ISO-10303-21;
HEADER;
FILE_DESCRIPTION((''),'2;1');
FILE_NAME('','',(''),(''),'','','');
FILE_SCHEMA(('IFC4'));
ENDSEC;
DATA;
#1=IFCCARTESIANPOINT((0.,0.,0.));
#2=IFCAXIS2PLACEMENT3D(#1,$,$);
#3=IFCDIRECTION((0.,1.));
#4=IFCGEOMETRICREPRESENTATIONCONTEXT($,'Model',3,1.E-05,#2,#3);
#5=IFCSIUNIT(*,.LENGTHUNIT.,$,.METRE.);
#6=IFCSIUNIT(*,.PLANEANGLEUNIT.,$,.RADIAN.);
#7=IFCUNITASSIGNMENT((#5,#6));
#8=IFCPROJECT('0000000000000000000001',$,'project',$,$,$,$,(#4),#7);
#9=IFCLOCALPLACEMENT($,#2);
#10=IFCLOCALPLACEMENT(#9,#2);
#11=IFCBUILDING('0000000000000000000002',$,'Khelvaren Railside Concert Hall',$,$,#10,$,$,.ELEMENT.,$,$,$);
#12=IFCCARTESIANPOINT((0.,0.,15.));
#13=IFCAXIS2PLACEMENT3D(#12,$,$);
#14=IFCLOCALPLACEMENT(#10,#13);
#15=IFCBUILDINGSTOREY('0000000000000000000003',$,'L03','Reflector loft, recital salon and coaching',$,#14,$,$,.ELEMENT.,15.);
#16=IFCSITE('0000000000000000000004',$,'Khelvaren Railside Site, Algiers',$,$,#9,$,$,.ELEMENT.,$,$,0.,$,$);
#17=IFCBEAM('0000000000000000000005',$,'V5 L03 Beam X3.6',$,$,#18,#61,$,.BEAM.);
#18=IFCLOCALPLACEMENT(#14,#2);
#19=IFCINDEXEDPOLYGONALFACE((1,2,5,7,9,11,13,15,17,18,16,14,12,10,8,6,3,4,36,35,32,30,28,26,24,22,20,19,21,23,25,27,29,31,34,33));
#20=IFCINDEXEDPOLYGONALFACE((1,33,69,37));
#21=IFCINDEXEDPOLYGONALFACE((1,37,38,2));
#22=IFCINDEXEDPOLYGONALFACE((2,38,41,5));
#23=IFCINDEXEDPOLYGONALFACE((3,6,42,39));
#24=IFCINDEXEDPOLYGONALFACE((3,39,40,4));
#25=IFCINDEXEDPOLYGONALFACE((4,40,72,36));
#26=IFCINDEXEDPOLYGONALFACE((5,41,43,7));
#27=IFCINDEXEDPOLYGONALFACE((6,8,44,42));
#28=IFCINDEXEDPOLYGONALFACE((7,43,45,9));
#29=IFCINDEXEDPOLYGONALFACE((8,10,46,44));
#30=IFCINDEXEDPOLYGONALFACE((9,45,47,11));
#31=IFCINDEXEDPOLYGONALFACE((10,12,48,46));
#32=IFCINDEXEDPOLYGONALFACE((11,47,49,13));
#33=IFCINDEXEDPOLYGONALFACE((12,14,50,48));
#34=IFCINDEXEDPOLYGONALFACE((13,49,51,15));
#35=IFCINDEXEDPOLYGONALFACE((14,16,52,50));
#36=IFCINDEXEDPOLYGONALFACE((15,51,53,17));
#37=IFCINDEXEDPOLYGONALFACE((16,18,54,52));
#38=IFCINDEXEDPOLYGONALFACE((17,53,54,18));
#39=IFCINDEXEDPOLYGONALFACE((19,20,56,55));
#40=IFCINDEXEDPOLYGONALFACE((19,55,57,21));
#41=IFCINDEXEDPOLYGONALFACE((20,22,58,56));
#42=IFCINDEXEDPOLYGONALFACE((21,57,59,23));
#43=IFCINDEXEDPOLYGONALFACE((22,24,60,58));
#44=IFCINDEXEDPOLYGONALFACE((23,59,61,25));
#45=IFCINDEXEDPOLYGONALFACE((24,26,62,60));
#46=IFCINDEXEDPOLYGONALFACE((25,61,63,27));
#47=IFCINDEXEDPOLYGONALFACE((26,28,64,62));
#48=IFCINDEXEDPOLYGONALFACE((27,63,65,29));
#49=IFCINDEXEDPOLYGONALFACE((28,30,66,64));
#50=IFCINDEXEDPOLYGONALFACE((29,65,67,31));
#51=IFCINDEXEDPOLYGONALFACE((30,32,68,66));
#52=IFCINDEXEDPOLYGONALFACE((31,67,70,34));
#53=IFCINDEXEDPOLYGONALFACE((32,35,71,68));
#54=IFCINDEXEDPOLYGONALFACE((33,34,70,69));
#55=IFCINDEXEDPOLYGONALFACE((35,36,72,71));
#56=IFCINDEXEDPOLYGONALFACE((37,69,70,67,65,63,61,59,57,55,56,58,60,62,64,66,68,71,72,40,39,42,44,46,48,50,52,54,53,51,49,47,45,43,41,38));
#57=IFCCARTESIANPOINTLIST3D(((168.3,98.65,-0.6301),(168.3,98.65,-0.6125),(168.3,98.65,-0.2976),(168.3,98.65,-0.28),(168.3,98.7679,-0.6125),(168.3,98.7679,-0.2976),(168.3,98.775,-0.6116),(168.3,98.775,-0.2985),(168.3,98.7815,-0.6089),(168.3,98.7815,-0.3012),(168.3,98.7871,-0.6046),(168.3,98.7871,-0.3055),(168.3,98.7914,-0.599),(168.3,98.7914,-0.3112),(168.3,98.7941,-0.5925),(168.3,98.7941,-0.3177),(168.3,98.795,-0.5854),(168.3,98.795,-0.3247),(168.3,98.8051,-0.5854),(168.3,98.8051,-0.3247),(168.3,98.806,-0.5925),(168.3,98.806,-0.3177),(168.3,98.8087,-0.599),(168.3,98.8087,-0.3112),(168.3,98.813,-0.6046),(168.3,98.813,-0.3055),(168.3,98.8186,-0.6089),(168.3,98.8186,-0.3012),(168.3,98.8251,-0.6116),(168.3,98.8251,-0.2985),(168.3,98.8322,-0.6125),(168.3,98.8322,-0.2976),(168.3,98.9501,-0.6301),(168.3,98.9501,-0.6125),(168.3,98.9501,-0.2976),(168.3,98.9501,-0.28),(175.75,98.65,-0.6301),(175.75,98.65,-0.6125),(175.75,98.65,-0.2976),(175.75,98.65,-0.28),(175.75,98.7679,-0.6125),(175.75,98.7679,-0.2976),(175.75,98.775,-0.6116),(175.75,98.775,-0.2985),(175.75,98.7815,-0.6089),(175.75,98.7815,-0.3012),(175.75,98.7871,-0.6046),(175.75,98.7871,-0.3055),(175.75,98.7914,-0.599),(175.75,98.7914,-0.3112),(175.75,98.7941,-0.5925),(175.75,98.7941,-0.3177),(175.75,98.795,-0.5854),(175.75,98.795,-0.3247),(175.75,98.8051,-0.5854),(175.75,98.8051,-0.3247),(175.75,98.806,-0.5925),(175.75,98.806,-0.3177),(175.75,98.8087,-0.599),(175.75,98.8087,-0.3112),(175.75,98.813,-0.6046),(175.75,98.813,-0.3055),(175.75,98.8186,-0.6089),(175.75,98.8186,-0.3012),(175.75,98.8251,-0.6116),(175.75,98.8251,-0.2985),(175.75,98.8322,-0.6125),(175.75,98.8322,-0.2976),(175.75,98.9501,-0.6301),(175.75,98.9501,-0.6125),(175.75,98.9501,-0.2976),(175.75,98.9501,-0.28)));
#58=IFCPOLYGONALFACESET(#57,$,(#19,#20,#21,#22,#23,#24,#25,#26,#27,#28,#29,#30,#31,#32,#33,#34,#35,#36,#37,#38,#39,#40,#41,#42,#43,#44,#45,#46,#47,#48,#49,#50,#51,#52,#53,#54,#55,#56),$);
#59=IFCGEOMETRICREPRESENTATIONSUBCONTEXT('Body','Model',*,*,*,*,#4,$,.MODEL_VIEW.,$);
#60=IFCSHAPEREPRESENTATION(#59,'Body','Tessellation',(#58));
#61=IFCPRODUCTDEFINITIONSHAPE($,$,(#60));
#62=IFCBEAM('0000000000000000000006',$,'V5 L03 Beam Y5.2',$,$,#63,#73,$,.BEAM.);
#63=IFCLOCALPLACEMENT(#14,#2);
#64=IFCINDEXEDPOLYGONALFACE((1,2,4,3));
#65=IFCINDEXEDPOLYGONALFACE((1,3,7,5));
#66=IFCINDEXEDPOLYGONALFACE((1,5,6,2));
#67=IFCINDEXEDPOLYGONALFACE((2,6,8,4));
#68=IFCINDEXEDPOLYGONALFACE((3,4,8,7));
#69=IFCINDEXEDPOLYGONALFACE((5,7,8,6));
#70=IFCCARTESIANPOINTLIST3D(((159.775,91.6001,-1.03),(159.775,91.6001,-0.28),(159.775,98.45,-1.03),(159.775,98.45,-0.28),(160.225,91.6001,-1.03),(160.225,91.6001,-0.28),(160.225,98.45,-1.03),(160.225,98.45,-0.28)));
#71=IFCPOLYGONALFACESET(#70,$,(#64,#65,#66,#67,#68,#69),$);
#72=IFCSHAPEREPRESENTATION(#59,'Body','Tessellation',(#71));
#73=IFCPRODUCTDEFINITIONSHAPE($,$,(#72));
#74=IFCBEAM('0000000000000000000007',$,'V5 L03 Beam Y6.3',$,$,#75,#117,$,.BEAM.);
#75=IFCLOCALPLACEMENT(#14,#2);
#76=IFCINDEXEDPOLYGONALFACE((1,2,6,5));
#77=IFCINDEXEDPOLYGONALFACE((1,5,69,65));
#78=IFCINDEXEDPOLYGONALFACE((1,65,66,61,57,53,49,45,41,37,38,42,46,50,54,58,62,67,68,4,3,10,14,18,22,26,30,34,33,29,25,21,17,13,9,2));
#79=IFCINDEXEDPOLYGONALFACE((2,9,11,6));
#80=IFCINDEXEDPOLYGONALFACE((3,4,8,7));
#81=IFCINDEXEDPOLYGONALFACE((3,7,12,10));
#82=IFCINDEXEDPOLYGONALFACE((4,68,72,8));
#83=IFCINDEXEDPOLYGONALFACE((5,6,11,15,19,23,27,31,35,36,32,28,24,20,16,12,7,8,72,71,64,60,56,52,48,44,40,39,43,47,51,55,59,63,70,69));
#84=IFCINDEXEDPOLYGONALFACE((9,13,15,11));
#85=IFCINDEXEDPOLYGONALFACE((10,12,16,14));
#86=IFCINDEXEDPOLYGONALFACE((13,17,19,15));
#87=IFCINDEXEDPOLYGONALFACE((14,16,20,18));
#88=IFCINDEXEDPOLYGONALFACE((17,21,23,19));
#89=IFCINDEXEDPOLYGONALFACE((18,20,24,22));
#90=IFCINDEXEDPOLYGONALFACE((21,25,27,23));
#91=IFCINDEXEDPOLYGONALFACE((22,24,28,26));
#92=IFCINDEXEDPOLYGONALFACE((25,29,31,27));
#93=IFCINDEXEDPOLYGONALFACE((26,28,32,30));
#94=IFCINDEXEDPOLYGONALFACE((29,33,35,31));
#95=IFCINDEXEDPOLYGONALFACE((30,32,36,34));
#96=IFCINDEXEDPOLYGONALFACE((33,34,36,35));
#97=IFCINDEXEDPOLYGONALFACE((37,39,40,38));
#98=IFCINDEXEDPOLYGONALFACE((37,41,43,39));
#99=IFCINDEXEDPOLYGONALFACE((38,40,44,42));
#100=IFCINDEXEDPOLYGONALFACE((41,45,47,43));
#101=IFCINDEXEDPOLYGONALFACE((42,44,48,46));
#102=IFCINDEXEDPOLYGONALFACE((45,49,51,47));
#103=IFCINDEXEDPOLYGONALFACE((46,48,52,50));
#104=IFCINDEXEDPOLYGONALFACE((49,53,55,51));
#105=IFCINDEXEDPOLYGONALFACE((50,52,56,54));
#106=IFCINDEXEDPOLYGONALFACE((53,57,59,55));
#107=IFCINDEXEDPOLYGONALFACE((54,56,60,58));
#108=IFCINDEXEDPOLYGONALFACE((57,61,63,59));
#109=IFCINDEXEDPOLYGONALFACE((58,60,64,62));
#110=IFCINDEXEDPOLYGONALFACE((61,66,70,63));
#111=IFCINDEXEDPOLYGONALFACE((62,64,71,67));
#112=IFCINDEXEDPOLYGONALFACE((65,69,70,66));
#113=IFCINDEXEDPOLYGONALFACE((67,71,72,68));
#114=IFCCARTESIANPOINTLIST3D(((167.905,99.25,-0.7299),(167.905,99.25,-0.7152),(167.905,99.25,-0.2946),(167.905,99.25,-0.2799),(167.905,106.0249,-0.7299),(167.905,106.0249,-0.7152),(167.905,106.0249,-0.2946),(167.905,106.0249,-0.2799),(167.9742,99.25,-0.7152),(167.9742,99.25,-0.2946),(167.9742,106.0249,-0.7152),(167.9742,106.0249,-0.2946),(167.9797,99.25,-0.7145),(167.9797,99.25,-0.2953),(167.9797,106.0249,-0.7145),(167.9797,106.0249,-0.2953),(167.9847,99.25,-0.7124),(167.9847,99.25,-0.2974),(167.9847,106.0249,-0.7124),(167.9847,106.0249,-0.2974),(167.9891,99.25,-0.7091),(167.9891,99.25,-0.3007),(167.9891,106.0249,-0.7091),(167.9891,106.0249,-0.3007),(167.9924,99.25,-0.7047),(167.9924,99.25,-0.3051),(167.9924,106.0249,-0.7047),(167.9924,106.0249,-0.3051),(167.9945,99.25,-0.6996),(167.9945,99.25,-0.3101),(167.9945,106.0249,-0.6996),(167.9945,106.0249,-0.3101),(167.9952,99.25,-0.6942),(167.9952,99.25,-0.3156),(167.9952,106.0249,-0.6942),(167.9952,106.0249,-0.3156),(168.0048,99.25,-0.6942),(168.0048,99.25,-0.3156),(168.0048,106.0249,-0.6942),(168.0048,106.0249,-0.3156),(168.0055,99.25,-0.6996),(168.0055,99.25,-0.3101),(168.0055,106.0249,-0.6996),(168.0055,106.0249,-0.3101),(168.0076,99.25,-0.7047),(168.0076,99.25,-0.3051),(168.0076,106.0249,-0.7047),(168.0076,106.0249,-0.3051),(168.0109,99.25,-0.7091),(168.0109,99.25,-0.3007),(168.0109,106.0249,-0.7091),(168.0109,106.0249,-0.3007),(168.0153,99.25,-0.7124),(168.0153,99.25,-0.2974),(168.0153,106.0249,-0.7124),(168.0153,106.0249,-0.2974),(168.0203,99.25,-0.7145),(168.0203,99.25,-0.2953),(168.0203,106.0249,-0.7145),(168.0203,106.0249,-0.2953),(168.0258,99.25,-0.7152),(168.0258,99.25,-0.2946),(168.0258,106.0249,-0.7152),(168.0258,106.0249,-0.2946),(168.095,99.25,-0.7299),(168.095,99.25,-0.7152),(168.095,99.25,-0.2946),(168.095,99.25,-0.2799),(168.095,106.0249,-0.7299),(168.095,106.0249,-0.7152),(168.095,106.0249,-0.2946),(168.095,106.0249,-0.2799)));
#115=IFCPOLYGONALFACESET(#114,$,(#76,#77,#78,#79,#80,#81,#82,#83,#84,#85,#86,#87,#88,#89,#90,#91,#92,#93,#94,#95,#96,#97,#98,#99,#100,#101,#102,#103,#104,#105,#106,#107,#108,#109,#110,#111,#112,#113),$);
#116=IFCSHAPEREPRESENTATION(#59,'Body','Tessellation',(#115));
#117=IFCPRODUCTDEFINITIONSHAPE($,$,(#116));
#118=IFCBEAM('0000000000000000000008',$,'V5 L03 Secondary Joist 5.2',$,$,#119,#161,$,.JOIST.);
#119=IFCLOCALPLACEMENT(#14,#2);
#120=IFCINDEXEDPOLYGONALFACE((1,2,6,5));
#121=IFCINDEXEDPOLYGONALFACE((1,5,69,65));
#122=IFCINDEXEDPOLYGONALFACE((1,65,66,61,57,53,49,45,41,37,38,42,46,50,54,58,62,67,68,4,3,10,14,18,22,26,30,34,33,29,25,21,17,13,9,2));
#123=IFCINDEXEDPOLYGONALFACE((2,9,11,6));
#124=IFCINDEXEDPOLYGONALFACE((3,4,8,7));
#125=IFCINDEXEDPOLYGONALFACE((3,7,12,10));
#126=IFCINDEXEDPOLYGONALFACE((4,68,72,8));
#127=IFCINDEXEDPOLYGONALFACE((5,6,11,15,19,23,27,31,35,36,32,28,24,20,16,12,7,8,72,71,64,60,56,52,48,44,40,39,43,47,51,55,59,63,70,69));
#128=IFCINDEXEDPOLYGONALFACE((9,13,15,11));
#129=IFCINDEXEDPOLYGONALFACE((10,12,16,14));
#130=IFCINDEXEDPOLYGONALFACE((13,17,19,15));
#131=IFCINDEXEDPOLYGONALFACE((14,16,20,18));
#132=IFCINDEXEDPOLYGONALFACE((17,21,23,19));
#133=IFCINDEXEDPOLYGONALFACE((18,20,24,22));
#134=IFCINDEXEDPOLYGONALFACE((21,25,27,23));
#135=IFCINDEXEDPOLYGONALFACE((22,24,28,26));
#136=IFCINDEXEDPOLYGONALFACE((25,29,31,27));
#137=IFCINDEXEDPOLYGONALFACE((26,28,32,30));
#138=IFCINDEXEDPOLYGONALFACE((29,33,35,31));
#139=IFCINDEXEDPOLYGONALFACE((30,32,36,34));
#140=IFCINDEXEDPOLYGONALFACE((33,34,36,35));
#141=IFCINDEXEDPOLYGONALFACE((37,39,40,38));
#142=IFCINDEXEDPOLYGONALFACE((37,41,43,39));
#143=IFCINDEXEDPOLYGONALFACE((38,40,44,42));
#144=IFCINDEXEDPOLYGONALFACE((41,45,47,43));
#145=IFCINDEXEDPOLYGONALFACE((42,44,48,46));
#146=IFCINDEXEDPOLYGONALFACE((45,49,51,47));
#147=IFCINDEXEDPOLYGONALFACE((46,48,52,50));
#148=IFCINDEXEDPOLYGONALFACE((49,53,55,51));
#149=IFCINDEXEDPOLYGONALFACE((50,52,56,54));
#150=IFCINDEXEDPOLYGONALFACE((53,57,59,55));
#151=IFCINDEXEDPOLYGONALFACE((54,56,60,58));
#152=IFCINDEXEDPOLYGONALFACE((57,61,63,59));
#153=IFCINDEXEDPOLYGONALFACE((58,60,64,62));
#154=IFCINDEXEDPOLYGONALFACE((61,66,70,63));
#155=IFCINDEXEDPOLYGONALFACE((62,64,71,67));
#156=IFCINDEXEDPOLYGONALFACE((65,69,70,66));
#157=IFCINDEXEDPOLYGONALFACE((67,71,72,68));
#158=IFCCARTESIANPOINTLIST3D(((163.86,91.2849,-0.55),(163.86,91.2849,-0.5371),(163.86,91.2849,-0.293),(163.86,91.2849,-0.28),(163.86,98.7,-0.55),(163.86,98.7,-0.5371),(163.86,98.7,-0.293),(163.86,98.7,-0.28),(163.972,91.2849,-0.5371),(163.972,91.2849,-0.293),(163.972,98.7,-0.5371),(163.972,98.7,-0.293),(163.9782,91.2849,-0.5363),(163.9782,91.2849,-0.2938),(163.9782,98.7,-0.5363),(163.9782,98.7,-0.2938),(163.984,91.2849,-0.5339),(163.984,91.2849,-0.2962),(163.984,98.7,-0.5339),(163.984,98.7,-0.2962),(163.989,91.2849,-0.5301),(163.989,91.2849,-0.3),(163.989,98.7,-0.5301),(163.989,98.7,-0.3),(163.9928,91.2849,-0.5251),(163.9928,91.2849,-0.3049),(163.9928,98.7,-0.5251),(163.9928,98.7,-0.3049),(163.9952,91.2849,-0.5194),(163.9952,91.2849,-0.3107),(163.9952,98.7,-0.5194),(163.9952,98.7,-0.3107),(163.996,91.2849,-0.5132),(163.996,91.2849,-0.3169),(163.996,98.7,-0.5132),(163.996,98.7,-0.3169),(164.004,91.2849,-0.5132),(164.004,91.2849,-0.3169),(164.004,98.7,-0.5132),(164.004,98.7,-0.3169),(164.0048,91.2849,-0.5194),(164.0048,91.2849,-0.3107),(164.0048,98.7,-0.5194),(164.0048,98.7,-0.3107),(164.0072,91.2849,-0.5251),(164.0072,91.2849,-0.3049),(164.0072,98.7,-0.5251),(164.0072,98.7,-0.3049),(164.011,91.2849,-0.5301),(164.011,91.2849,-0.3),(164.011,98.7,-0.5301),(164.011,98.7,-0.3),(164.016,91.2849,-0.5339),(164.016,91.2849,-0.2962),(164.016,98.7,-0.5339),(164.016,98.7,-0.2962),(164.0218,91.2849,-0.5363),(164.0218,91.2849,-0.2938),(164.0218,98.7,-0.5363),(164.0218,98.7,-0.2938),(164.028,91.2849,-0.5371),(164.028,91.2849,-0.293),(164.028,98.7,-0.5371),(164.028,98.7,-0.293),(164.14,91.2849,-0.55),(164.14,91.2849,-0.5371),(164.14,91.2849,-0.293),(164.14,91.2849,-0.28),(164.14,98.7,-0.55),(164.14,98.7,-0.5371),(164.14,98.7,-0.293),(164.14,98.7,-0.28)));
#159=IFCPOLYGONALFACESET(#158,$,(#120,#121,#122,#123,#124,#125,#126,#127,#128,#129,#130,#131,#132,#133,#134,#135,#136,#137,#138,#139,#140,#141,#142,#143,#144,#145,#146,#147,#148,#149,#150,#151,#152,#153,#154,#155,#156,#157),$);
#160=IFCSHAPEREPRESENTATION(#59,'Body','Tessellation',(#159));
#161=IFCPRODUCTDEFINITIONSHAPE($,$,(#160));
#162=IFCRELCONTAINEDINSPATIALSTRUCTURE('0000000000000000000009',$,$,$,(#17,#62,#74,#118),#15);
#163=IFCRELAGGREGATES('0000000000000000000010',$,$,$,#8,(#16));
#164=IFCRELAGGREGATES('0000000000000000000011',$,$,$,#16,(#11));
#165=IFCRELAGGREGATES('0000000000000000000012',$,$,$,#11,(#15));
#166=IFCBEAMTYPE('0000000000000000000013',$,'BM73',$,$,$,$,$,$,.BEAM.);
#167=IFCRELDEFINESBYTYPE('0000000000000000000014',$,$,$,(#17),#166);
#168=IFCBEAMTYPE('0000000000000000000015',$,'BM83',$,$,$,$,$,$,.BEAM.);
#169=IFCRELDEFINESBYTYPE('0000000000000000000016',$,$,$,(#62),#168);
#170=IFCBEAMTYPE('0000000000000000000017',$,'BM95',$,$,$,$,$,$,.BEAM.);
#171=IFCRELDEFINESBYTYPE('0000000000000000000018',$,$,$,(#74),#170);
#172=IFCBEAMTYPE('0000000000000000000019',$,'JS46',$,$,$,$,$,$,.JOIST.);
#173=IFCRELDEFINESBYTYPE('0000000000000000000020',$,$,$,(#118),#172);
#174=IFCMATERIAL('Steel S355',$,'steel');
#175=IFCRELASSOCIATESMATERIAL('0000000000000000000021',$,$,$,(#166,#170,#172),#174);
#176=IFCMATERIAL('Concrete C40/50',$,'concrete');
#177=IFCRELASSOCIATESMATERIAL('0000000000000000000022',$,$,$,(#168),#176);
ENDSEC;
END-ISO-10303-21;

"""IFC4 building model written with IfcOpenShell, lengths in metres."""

from ifc_helpers import new_model, si_unit, direction, frame, origin, origin_2d, place, context, subcontext, project, spatial, rectangle, i_section, extrude, material, material_profile, profile_set, type_object, element, save


model = new_model("IFC4")

# Units and contexts
model_context = context("Model", 3, precision=1e-05, world=origin(), true_north=direction((0.0, 1.0)))
body_context = subcontext(model_context, "Body", "Model", "MODEL_VIEW")
ifc_project = project(units=[si_unit("LENGTHUNIT", "METRE"), si_unit("PLANEANGLEUNIT", "RADIAN")], contexts=[model_context])

# Site, building, storey
site_placement = place(None, origin())
site = spatial("IfcSite", under=ifc_project, at=site_placement, Name="Khelvaren Railside Site, Algiers", CompositionType="ELEMENT", RefElevation=0.0)
building_placement = place(site_placement, origin())
building = spatial("IfcBuilding", under=site, at=building_placement, Name="Khelvaren Railside Concert Hall", CompositionType="ELEMENT")
storey_placement = place(building_placement, frame((0.0, 0.0, 15.0)))
storey = spatial("IfcBuildingStorey", under=building, at=storey_placement, Name="L03", Description="Reflector loft, recital salon and coaching", CompositionType="ELEMENT", Elevation=15.0)

# Beams
ifc_material_1 = material(Name="Steel S355", Category="steel")
ifc_material_profile_1 = material_profile(ifc_material_1, i_section(OverallWidth=0.3, OverallDepth=0.3501, WebThickness=0.01, FlangeThickness=0.0176, FilletRadius=0.0271, at=origin_2d()), Name="HEA 360")
ifc_profile_set_1 = profile_set([ifc_material_profile_1], Name="Steel S355")
beam_type_1 = type_object("IfcBeamType", Name="BM73", PredefinedType="BEAM", material=ifc_profile_set_1)
beam_1_placement = place(storey_placement, frame((168.3, 98.8, -0.4551), z_axis=(1.0, 0.0, 0.0), x_axis=(0.0, 1.0, 0.0)))
element("IfcBeam", 1, at=beam_1_placement, inside=storey, type_object=beam_type_1, Name="V5 L03 Beam X3.6", PredefinedType="BEAM", context=body_context, shape_type="SweptSolid", body=[
    extrude(i_section(OverallWidth=0.3, OverallDepth=0.3501, WebThickness=0.01, FlangeThickness=0.0176, FilletRadius=0.0271, at=origin_2d()), origin(), (0.0, 0.0, 1.0), 7.45),
])
ifc_material_2 = material(Name="Concrete C40/50", Category="concrete")
ifc_material_profile_2 = material_profile(ifc_material_2, rectangle(XDim=0.45, YDim=0.75, at=origin_2d()), Name="RCB 450x750")
ifc_profile_set_2 = profile_set([ifc_material_profile_2], Name="Concrete C40/50")
beam_type_2 = type_object("IfcBeamType", Name="BM83", PredefinedType="BEAM", material=ifc_profile_set_2)
beam_2_placement = place(storey_placement, frame((160.0, 91.6001, -0.655), z_axis=(0.0, 1.0, 0.0), x_axis=(-1.0, 0.0, 0.0)))
element("IfcBeam", 2, at=beam_2_placement, inside=storey, type_object=beam_type_2, Name="V5 L03 Beam Y5.2", PredefinedType="BEAM", context=body_context, shape_type="SweptSolid", body=[
    extrude(rectangle(XDim=0.45, YDim=0.75, at=origin_2d()), origin(), (0.0, 0.0, 1.0), 6.8499),
])
ifc_material_profile_3 = material_profile(ifc_material_1, i_section(OverallWidth=0.1899, OverallDepth=0.45, WebThickness=0.0095, FlangeThickness=0.0146, FilletRadius=0.021, at=origin_2d()), Name="IPE 450")
ifc_profile_set_3 = profile_set([ifc_material_profile_3], Name="Steel S355")
beam_type_3 = type_object("IfcBeamType", Name="BM95", PredefinedType="BEAM", material=ifc_profile_set_3)
beam_3_placement = place(storey_placement, frame((168.0, 99.25, -0.5049), z_axis=(0.0, 1.0, 0.0), x_axis=(-1.0, 0.0, 0.0)))
element("IfcBeam", 3, at=beam_3_placement, inside=storey, type_object=beam_type_3, Name="V5 L03 Beam Y6.3", PredefinedType="BEAM", context=body_context, shape_type="SweptSolid", body=[
    extrude(i_section(OverallWidth=0.1899, OverallDepth=0.45, WebThickness=0.0095, FlangeThickness=0.0146, FilletRadius=0.021, at=origin_2d()), origin(), (0.0, 0.0, 1.0), 6.7749),
])
ifc_material_profile_4 = material_profile(ifc_material_1, i_section(OverallWidth=0.28, OverallDepth=0.27, WebThickness=0.0081, FlangeThickness=0.0129, FilletRadius=0.0239, at=origin_2d()), Name="HEA 280")
ifc_profile_set_4 = profile_set([ifc_material_profile_4], Name="Steel S355")
beam_type_4 = type_object("IfcBeamType", Name="JS46", PredefinedType="JOIST", material=ifc_profile_set_4)
beam_4_placement = place(storey_placement, frame((164.0, 91.2849, -0.415), z_axis=(0.0, 1.0, 0.0), x_axis=(-1.0, 0.0, 0.0)))
element("IfcBeam", 4, at=beam_4_placement, inside=storey, type_object=beam_type_4, Name="V5 L03 Secondary Joist 5.2", PredefinedType="JOIST", context=body_context, shape_type="SweptSolid", body=[
    extrude(i_section(OverallWidth=0.28, OverallDepth=0.27, WebThickness=0.0081, FlangeThickness=0.0129, FilletRadius=0.0239, at=origin_2d()), origin(), (0.0, 0.0, 1.0), 7.415),
])

save(model, "model.ifc")
